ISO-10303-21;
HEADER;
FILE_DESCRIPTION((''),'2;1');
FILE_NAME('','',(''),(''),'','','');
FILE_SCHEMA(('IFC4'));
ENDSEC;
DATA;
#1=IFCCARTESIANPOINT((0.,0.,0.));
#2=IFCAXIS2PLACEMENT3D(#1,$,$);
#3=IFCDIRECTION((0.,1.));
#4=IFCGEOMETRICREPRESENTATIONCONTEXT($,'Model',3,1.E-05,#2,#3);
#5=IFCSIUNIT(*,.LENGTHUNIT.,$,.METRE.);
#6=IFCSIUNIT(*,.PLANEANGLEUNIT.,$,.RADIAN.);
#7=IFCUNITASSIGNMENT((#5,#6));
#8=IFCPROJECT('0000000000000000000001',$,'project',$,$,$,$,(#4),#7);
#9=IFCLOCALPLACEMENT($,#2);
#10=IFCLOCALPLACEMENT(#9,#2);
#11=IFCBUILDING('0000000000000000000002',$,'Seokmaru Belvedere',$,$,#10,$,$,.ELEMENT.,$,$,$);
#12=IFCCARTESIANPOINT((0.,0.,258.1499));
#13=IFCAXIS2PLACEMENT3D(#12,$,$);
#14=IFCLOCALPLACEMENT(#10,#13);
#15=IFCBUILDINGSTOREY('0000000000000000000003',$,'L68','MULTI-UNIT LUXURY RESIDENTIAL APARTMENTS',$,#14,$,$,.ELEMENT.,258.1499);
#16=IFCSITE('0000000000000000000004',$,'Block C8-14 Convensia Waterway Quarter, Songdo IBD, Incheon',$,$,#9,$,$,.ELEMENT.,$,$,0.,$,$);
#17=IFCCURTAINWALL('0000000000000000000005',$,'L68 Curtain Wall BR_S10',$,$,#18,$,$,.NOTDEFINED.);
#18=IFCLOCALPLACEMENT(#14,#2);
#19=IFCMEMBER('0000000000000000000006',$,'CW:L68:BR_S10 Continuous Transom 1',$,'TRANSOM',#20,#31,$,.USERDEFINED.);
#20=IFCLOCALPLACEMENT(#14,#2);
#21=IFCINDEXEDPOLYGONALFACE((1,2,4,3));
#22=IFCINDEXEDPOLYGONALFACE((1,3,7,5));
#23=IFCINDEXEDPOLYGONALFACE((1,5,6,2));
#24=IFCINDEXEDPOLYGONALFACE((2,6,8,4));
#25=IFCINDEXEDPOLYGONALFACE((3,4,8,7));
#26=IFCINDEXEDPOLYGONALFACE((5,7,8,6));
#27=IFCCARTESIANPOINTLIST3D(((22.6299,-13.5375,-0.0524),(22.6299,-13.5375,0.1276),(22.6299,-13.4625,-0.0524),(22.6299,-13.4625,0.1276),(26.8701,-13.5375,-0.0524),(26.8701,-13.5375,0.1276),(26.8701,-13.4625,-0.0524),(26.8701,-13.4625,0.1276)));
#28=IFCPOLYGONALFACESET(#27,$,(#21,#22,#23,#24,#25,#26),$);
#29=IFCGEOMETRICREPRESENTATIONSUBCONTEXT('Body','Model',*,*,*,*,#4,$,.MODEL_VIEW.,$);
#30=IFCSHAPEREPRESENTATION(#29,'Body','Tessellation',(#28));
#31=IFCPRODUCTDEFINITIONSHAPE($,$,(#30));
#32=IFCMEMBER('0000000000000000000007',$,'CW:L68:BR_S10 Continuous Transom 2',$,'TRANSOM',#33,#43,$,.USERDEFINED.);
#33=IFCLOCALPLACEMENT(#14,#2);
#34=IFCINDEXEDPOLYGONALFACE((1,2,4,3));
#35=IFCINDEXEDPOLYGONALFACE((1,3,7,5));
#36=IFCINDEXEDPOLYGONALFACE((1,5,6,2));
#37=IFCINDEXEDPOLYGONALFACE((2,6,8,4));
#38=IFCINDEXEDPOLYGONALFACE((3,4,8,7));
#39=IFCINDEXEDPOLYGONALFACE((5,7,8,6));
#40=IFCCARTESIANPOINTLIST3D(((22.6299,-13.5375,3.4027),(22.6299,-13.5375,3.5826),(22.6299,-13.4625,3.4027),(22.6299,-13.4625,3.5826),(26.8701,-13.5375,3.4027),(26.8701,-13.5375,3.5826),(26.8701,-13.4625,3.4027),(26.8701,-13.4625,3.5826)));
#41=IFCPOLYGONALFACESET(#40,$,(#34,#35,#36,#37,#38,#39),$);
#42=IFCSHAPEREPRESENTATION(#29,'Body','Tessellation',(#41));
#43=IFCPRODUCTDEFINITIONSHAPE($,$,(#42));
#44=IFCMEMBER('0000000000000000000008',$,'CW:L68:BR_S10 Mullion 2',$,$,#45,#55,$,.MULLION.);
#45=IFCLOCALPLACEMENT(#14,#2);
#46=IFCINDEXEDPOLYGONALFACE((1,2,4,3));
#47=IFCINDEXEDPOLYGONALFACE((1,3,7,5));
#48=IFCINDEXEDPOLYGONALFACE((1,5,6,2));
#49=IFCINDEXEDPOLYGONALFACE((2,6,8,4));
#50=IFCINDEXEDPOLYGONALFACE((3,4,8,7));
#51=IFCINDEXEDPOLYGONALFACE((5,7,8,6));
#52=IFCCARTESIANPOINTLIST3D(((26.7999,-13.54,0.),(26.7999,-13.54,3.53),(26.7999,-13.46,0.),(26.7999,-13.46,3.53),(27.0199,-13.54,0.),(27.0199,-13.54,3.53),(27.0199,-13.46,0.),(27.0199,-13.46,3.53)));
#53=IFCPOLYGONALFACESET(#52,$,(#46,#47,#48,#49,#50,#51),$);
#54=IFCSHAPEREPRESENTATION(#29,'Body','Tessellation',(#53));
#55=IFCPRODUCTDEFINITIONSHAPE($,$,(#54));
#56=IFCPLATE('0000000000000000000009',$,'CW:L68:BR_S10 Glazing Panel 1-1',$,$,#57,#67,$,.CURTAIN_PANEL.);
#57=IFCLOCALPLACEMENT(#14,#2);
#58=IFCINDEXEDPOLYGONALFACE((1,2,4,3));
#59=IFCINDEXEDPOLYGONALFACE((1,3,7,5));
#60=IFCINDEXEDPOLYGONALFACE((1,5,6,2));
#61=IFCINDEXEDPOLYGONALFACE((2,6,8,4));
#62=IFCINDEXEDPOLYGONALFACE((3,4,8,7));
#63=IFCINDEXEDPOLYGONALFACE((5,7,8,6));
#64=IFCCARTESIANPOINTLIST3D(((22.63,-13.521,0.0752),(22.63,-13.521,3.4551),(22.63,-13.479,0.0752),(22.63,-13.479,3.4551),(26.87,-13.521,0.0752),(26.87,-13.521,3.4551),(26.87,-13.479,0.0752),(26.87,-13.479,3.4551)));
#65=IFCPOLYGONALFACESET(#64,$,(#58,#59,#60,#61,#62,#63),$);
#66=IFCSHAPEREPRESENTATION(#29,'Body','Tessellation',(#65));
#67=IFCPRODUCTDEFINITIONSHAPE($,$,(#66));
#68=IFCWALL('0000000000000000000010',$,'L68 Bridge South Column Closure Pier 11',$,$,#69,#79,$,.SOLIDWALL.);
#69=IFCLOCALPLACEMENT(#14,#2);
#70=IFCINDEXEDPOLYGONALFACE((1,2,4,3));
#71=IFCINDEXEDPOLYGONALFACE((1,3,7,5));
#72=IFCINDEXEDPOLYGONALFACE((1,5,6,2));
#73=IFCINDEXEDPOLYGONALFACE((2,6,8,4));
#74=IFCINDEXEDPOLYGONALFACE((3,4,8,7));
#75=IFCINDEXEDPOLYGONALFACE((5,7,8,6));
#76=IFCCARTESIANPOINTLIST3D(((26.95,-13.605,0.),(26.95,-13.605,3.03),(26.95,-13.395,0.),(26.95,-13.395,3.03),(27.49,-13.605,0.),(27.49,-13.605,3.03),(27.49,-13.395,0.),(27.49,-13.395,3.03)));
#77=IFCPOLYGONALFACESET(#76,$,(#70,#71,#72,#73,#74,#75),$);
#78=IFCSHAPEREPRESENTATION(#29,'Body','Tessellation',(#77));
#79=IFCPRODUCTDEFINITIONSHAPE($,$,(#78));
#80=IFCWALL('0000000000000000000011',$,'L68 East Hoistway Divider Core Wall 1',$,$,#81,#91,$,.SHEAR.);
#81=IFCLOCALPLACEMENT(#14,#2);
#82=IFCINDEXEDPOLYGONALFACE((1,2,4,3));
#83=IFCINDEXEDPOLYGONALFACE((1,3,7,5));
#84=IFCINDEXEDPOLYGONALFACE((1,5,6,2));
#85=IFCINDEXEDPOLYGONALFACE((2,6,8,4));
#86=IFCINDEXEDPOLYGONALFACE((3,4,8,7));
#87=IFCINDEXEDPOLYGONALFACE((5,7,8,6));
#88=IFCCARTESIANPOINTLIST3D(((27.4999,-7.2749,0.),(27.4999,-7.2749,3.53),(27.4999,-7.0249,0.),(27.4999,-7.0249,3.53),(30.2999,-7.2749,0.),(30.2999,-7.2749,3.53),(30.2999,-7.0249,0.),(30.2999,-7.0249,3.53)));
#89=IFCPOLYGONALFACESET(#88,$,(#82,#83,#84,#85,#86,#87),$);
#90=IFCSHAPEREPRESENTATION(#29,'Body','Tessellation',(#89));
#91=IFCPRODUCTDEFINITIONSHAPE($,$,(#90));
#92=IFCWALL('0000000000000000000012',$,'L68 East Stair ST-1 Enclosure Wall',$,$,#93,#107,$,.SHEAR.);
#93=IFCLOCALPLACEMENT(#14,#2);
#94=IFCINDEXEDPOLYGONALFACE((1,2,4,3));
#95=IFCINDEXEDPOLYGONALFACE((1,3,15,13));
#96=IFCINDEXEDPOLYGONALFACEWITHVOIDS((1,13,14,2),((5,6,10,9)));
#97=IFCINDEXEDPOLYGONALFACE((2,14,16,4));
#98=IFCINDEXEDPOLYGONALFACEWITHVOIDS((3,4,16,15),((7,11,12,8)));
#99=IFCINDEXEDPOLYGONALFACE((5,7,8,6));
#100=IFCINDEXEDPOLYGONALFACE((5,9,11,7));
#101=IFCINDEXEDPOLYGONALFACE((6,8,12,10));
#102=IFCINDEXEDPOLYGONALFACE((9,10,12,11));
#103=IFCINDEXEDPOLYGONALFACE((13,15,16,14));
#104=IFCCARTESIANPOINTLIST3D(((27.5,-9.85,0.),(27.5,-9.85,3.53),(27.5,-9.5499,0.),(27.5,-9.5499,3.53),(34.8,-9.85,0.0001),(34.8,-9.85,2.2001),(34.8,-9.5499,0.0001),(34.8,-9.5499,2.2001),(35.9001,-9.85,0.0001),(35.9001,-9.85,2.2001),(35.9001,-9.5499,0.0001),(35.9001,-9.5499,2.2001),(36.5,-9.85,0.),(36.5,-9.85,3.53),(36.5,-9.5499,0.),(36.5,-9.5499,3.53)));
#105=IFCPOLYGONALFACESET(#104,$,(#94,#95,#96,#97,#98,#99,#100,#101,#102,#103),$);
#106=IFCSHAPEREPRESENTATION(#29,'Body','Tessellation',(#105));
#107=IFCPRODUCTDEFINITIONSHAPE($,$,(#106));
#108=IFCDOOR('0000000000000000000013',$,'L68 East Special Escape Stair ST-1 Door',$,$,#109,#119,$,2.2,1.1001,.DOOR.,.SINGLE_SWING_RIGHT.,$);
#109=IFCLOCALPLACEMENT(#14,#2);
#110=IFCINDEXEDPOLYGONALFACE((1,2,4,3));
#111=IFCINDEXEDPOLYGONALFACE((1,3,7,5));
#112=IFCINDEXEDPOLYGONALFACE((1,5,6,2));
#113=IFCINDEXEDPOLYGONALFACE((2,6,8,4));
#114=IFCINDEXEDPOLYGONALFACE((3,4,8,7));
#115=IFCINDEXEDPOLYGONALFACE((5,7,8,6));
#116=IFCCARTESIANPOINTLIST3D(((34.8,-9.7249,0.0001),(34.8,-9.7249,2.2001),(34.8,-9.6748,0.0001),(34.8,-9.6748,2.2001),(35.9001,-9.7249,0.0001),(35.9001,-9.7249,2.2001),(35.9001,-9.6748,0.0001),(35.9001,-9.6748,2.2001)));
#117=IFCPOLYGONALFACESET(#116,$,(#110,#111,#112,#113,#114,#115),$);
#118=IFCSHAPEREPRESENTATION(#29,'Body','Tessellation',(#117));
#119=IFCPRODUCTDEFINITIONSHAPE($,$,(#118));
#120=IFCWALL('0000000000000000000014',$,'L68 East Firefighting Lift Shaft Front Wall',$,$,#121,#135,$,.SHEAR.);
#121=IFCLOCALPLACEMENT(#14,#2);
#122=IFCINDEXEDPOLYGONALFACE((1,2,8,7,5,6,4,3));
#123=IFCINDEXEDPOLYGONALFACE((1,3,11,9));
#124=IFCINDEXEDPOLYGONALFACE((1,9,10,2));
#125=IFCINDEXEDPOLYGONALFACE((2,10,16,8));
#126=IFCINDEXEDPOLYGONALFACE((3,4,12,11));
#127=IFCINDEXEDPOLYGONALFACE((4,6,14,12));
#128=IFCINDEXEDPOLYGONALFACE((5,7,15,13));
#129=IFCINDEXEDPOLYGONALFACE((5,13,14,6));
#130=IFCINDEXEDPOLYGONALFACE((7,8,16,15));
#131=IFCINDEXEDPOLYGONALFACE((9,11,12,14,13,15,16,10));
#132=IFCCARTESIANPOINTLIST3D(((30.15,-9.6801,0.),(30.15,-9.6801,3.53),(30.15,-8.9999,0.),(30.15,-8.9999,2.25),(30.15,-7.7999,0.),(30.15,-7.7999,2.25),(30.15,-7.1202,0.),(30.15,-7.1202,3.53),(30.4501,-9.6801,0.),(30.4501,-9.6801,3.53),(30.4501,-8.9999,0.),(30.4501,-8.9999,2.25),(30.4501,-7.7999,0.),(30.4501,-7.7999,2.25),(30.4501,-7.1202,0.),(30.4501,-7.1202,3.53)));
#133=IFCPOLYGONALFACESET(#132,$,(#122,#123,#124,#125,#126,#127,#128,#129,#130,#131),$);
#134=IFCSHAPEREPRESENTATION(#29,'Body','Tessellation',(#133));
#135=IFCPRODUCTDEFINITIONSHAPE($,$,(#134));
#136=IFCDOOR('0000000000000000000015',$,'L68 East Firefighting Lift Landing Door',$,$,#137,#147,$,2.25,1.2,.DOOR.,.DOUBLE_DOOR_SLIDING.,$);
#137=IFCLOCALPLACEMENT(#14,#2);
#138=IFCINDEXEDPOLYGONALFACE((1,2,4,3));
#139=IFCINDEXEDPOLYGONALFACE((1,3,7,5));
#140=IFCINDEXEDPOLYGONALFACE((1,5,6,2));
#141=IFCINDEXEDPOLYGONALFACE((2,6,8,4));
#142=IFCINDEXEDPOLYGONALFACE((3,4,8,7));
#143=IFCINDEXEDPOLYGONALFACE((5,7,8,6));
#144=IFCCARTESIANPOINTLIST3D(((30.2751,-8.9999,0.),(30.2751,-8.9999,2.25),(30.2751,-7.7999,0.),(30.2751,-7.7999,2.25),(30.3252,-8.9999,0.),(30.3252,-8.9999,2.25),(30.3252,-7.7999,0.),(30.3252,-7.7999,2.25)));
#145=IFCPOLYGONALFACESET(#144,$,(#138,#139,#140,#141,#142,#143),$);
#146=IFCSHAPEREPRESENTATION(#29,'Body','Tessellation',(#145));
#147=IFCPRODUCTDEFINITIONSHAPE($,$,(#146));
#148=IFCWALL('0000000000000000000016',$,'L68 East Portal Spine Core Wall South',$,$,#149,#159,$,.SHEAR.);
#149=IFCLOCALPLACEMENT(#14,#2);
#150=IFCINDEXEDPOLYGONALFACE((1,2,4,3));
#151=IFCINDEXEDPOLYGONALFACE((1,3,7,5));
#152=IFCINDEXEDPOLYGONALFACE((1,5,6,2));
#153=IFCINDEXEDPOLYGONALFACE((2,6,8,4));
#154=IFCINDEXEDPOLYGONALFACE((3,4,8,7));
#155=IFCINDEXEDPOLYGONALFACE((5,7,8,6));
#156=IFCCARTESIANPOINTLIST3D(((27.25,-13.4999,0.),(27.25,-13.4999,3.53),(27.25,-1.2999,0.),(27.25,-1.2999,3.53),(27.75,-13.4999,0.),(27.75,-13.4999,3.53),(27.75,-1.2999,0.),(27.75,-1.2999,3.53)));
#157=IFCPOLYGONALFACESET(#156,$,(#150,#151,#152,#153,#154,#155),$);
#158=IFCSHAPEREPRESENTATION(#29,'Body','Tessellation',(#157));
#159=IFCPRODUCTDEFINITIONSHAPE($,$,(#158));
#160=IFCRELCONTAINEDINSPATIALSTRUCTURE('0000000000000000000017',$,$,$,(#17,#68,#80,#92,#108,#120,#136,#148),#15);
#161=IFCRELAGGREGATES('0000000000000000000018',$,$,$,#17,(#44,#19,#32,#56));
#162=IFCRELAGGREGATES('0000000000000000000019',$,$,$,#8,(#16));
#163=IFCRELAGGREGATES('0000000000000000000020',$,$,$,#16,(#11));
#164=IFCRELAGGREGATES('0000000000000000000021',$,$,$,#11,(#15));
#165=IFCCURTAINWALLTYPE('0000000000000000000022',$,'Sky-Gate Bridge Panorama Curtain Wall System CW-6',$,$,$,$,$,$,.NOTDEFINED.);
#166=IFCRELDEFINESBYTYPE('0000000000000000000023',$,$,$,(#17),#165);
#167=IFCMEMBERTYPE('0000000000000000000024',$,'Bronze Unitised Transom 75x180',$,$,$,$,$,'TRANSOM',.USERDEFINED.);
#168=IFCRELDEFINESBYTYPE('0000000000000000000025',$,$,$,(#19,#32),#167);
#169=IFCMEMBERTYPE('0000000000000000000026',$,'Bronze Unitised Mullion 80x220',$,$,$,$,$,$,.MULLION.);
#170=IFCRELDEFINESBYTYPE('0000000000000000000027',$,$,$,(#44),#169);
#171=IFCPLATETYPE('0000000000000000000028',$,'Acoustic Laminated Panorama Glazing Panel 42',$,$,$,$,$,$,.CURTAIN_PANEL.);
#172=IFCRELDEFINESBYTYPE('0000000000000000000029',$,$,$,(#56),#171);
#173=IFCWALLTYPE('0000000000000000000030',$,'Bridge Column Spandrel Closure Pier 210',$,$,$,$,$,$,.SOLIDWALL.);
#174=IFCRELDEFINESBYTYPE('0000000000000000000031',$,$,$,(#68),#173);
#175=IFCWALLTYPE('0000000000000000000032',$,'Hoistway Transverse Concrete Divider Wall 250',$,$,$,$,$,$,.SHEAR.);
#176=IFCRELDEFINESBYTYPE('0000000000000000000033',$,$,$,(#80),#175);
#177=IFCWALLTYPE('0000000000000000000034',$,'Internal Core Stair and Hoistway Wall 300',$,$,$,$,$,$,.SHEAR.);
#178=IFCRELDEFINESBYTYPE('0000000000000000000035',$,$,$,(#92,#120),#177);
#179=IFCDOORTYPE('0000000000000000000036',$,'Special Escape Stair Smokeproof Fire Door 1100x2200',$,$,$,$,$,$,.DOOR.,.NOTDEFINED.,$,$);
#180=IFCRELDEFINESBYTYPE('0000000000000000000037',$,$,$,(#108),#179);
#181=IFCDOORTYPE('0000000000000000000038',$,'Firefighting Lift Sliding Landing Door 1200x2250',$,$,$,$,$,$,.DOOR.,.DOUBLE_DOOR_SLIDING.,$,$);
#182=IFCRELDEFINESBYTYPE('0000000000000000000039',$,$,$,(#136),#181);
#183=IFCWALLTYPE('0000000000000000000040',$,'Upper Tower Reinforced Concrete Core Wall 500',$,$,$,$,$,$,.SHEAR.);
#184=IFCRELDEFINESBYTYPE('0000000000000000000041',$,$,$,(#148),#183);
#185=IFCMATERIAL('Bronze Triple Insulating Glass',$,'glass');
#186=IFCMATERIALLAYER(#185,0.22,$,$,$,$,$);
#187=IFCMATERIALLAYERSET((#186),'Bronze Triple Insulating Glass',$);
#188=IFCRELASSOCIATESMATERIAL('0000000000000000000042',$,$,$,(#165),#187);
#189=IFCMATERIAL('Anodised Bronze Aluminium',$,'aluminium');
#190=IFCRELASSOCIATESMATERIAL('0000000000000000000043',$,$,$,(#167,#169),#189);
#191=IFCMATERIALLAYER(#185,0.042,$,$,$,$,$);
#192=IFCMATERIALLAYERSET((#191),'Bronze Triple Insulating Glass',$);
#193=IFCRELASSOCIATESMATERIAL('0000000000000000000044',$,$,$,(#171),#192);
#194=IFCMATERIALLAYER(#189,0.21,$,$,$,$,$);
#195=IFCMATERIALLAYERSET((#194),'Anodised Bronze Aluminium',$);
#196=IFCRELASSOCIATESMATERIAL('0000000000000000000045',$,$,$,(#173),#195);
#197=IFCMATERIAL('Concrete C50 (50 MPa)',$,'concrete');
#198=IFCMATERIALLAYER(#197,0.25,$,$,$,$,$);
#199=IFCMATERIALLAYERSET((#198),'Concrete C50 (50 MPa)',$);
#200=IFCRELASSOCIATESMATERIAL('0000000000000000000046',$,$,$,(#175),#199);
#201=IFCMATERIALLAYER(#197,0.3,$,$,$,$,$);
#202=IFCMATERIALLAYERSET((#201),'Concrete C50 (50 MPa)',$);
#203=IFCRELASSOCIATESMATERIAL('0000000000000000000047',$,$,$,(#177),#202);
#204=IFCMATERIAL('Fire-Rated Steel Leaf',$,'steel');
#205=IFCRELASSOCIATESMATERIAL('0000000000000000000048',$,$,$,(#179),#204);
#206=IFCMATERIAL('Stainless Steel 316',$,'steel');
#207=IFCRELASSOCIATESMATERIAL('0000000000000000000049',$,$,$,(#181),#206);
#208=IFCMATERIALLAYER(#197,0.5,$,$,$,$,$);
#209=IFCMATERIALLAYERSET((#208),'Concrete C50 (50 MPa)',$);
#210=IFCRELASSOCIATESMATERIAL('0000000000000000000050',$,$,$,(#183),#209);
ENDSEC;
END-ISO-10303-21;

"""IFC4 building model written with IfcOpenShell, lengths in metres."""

from ifc_helpers import new_model, si_unit, direction, frame, frame_2d, origin, origin_2d, place, context, subcontext, project, spatial, rectangle, extrude, source, transform, mapped, material, layer, layer_set, material_profile, profile_set, type_object, type_shapes, element, fill, aggregate, save


model = new_model("IFC4")

# Units and contexts
model_context = context("Model", 3, precision=1e-05, world=origin(), true_north=direction((0.0, 1.0)))
body_context = subcontext(model_context, "Body", "Model", "MODEL_VIEW")
ifc_project = project(units=[si_unit("LENGTHUNIT", "METRE"), si_unit("PLANEANGLEUNIT", "RADIAN")], contexts=[model_context])

# Site, building, storey
site_placement = place(None, origin())
site = spatial("IfcSite", under=ifc_project, at=site_placement, Name="Block C8-14 Convensia Waterway Quarter, Songdo IBD, Incheon", CompositionType="ELEMENT", RefElevation=0.0)
building_placement = place(site_placement, origin())
building = spatial("IfcBuilding", under=site, at=building_placement, Name="Seokmaru Belvedere", CompositionType="ELEMENT")
storey_placement = place(building_placement, frame((0.0, 0.0, 258.1499)))
storey = spatial("IfcBuildingStorey", under=building, at=storey_placement, Name="L68", Description="MULTI-UNIT LUXURY RESIDENTIAL APARTMENTS", CompositionType="ELEMENT", Elevation=258.1499)

# Curtain wall, members, plate
ifc_material_1 = material(Name="Bronze Triple Insulating Glass", Category="glass")
ifc_layer_1 = layer(ifc_material_1, 0.22)
ifc_layer_set_1 = layer_set([ifc_layer_1], Name="Bronze Triple Insulating Glass")
curtain_wall_type = type_object("IfcCurtainWallType", Name="Sky-Gate Bridge Panorama Curtain Wall System CW-6", PredefinedType="NOTDEFINED", material=ifc_layer_set_1)
curtain_wall_placement = place(storey_placement, origin())
curtain_wall = element("IfcCurtainWall", 1, at=curtain_wall_placement, inside=storey, type_object=curtain_wall_type, Name="L68 Curtain Wall BR_S10", PredefinedType="NOTDEFINED")
ifc_material_2 = material(Name="Anodised Bronze Aluminium", Category="aluminium")
ifc_material_profile_1 = material_profile(ifc_material_2, rectangle(XDim=0.075, YDim=0.1799, at=origin_2d()), Name="CW-T-75x180")
ifc_profile_set_1 = profile_set([ifc_material_profile_1], Name="Anodised Bronze Aluminium")
member_type_1 = type_object("IfcMemberType", Name="Bronze Unitised Transom 75x180", ElementType="TRANSOM", PredefinedType="USERDEFINED", material=ifc_profile_set_1)
shared_shape_1 = source(origin(), body_context, "Body", "SweptSolid", [
    extrude(rectangle(XDim=0.075, YDim=0.1799, at=origin_2d()), origin(), (0.0, 0.0, 1.0), 4.2402),
])
type_shapes(member_type_1, [shared_shape_1])
member_1_placement = place(storey_placement, frame((22.6299, -13.5, 0.0376), z_axis=(1.0, 0.0, 0.0), x_axis=(0.0, 1.0, 0.0)))
member_1 = element("IfcMember", 2, at=member_1_placement, type_object=member_type_1, Name="CW:L68:BR_S10 Continuous Transom 1", ObjectType="TRANSOM", PredefinedType="USERDEFINED", context=body_context, shape_type="MappedRepresentation", body=[
    mapped(shared_shape_1, transform((0.0, 0.0, 0.0), scale=1.0)),
])
member_2_placement = place(storey_placement, frame((22.6299, -13.5, 3.4927), z_axis=(1.0, 0.0, 0.0), x_axis=(0.0, 1.0, 0.0)))
member_2 = element("IfcMember", 3, at=member_2_placement, type_object=member_type_1, Name="CW:L68:BR_S10 Continuous Transom 2", ObjectType="TRANSOM", PredefinedType="USERDEFINED", context=body_context, shape_type="MappedRepresentation", body=[
    mapped(shared_shape_1, transform((0.0, 0.0, 0.0), scale=1.0)),
])
ifc_material_profile_2 = material_profile(ifc_material_2, rectangle(XDim=0.0801, YDim=0.22, at=origin_2d()), Name="CW-M-80x220")
ifc_profile_set_2 = profile_set([ifc_material_profile_2], Name="Anodised Bronze Aluminium")
member_type_2 = type_object("IfcMemberType", Name="Bronze Unitised Mullion 80x220", PredefinedType="MULLION", material=ifc_profile_set_2)
shared_shape_2 = source(origin(), body_context, "Body", "SweptSolid", [
    extrude(rectangle(XDim=0.0801, YDim=0.22, at=origin_2d()), origin(), (0.0, 0.0, 1.0), 3.53),
])
type_shapes(member_type_2, [shared_shape_2])
member_3_placement = place(storey_placement, frame((26.9099, -13.5, 0.0), z_axis=(0.0, 0.0, 1.0), x_axis=(0.0, 1.0, 0.0)))
member_3 = element("IfcMember", 4, at=member_3_placement, type_object=member_type_2, Name="CW:L68:BR_S10 Mullion 2", PredefinedType="MULLION", context=body_context, shape_type="MappedRepresentation", body=[
    mapped(shared_shape_2, transform((0.0, 0.0, 0.0), scale=1.0)),
])
ifc_layer_2 = layer(ifc_material_1, 0.042)
ifc_layer_set_2 = layer_set([ifc_layer_2], Name="Bronze Triple Insulating Glass")
plate_type = type_object("IfcPlateType", Name="Acoustic Laminated Panorama Glazing Panel 42", PredefinedType="CURTAIN_PANEL", material=ifc_layer_set_2)
shared_shape_3 = source(origin(), body_context, "Body", "SweptSolid", [
    extrude(rectangle(XDim=4.24, YDim=0.042, at=origin_2d()), origin(), (0.0, 0.0, 1.0), 3.3799),
])
type_shapes(plate_type, [shared_shape_3])
plate_placement = place(storey_placement, frame((24.75, -13.5, 0.0752), z_axis=(0.0, 0.0, 1.0), x_axis=(1.0, 0.0, 0.0)))
plate = element("IfcPlate", 5, at=plate_placement, type_object=plate_type, Name="CW:L68:BR_S10 Glazing Panel 1-1", PredefinedType="CURTAIN_PANEL", context=body_context, shape_type="MappedRepresentation", body=[
    mapped(shared_shape_3, transform((0.0, 0.0, 0.0), scale=1.0)),
])
aggregate(curtain_wall, [member_3, member_1, member_2, plate])

# Wall
ifc_layer_3 = layer(ifc_material_2, 0.21)
ifc_layer_set_3 = layer_set([ifc_layer_3], Name="Anodised Bronze Aluminium")
wall_type_1 = type_object("IfcWallType", Name="Bridge Column Spandrel Closure Pier 210", PredefinedType="SOLIDWALL", material=ifc_layer_set_3)
wall_1_placement = place(storey_placement, frame((26.95, -13.5, 0.0), z_axis=(0.0, 0.0, 1.0), x_axis=(1.0, 0.0, 0.0)))
element("IfcWall", 6, at=wall_1_placement, inside=storey, type_object=wall_type_1, Name="L68 Bridge South Column Closure Pier 11", PredefinedType="SOLIDWALL", context=body_context, shape_type="SweptSolid", body=[
    extrude(rectangle(XDim=0.54, YDim=0.21, at=frame_2d((0.27, 0.0))), origin(), (0.0, 0.0, 1.0), 3.03),
])

# Shared definitions
ifc_material_3 = material(Name="Fire-Rated Steel Leaf", Category="steel")

# Wall
ifc_material_4 = material(Name="Concrete C50 (50 MPa)", Category="concrete")
ifc_layer_4 = layer(ifc_material_4, 0.25)
ifc_layer_set_4 = layer_set([ifc_layer_4], Name="Concrete C50 (50 MPa)")
wall_type_2 = type_object("IfcWallType", Name="Hoistway Transverse Concrete Divider Wall 250", PredefinedType="SHEAR", material=ifc_layer_set_4)
wall_2_placement = place(storey_placement, frame((27.5, -7.1499, 0.0), z_axis=(0.0, 0.0, 1.0), x_axis=(1.0, 0.0, 0.0)))
element("IfcWall", 7, at=wall_2_placement, inside=storey, type_object=wall_type_2, Name="L68 East Hoistway Divider Core Wall 1", PredefinedType="SHEAR", context=body_context, shape_type="SweptSolid", body=[
    extrude(rectangle(XDim=2.8, YDim=0.25, at=frame_2d((1.3999, 0.0))), origin(), (0.0, 0.0, 1.0), 3.53),
])

# Walls, openings, doors
ifc_layer_5 = layer(ifc_material_4, 0.3)
ifc_layer_set_5 = layer_set([ifc_layer_5], Name="Concrete C50 (50 MPa)")
wall_type_3 = type_object("IfcWallType", Name="Internal Core Stair and Hoistway Wall 300", PredefinedType="SHEAR", material=ifc_layer_set_5)
wall_3_placement = place(storey_placement, frame((27.5, -9.7, 0.0), z_axis=(0.0, 0.0, 1.0), x_axis=(1.0, 0.0, 0.0)))
wall_3 = element("IfcWall", 8, at=wall_3_placement, inside=storey, type_object=wall_type_3, Name="L68 East Stair ST-1 Enclosure Wall", PredefinedType="SHEAR", context=body_context, shape_type="SweptSolid", body=[
    extrude(rectangle(XDim=9.0, YDim=0.3, at=frame_2d((4.5, 0.0))), origin(), (0.0, 0.0, 1.0), 3.53),
])
opening_1_placement = place(wall_3_placement, frame((7.3, 0.0, 0.0)))
opening_1 = element("IfcOpeningElement", 9, at=opening_1_placement, cuts=wall_3, PredefinedType="OPENING", context=body_context, shape_type="SweptSolid", body=[
    extrude(rectangle(XDim=1.1001, YDim=2.2, at=frame_2d((0.55, 1.1001))), frame((0.0, 0.1602, 0.0), z_axis=(0.0, -1.0, 0.0), x_axis=(1.0, 0.0, 0.0)), (0.0, 0.0, 1.0), 0.3201),
])
door_type_1 = type_object("IfcDoorType", Name="Special Escape Stair Smokeproof Fire Door 1100x2200", OperationType="NOTDEFINED", PredefinedType="DOOR", material=ifc_material_3)
shared_shape_4 = source(origin(), body_context, "Body", "SweptSolid", [
    extrude(rectangle(XDim=1.1001, YDim=2.2, at=frame_2d((0.55, 1.1001))), frame((0.0, 0.0249, 0.0), z_axis=(0.0, -1.0, 0.0), x_axis=(1.0, 0.0, 0.0)), (0.0, 0.0, 1.0), 0.05),
])
type_shapes(door_type_1, [shared_shape_4])
door_1_placement = place(opening_1_placement, frame((1.1001, 0.0, 0.0), z_axis=(0.0, 0.0, 1.0), x_axis=(-1.0, 0.0, 0.0)))
door_1 = element("IfcDoor", 10, at=door_1_placement, inside=storey, type_object=door_type_1, Name="L68 East Special Escape Stair ST-1 Door", OperationType="SINGLE_SWING_RIGHT", OverallHeight=2.2, OverallWidth=1.1001, PredefinedType="DOOR", context=body_context, shape_type="MappedRepresentation", body=[
    mapped(shared_shape_4, transform((0.0, 0.0, 0.0), scale=1.0)),
])
fill(opening_1, door_1)
wall_4_placement = place(storey_placement, frame((30.3, -9.6799, 0.0), z_axis=(0.0, 0.0, 1.0), x_axis=(0.0, 1.0, 0.0)))
wall_4 = element("IfcWall", 11, at=wall_4_placement, inside=storey, type_object=wall_type_3, Name="L68 East Firefighting Lift Shaft Front Wall", PredefinedType="SHEAR", context=body_context, shape_type="SweptSolid", body=[
    extrude(rectangle(XDim=2.5598, YDim=0.3, at=frame_2d((1.2798, 0.0))), origin(), (0.0, 0.0, 1.0), 3.53),
])
opening_2_placement = place(wall_4_placement, frame((0.6799, 0.0, 0.0)))
opening_2 = element("IfcOpeningElement", 12, at=opening_2_placement, cuts=wall_4, PredefinedType="OPENING", context=body_context, shape_type="SweptSolid", body=[
    extrude(rectangle(XDim=1.2, YDim=2.25, at=frame_2d((0.6001, 1.125))), frame((0.0, 0.1602, 0.0), z_axis=(0.0, -1.0, 0.0), x_axis=(1.0, 0.0, 0.0)), (0.0, 0.0, 1.0), 0.3201),
])
ifc_material_5 = material(Name="Stainless Steel 316", Category="steel")
door_type_2 = type_object("IfcDoorType", Name="Firefighting Lift Sliding Landing Door 1200x2250", OperationType="DOUBLE_DOOR_SLIDING", PredefinedType="DOOR", material=ifc_material_5)
shared_shape_5 = source(origin(), body_context, "Body", "SweptSolid", [
    extrude(rectangle(XDim=1.2, YDim=2.25, at=frame_2d((0.6001, 1.125))), frame((0.0, 0.0249, 0.0), z_axis=(0.0, -1.0, 0.0), x_axis=(1.0, 0.0, 0.0)), (0.0, 0.0, 1.0), 0.05),
])
type_shapes(door_type_2, [shared_shape_5])
door_2_placement = place(opening_2_placement, origin())
door_2 = element("IfcDoor", 13, at=door_2_placement, inside=storey, type_object=door_type_2, Name="L68 East Firefighting Lift Landing Door", OperationType="DOUBLE_DOOR_SLIDING", OverallHeight=2.25, OverallWidth=1.2, PredefinedType="DOOR", context=body_context, shape_type="MappedRepresentation", body=[
    mapped(shared_shape_5, transform((0.0, 0.0, 0.0), scale=1.0)),
])
fill(opening_2, door_2)

# Wall
ifc_layer_6 = layer(ifc_material_4, 0.5)
ifc_layer_set_6 = layer_set([ifc_layer_6], Name="Concrete C50 (50 MPa)")
wall_type_4 = type_object("IfcWallType", Name="Upper Tower Reinforced Concrete Core Wall 500", PredefinedType="SHEAR", material=ifc_layer_set_6)
wall_5_placement = place(storey_placement, frame((27.5, -13.5, 0.0), z_axis=(0.0, 0.0, 1.0), x_axis=(0.0, 1.0, 0.0)))
element("IfcWall", 14, at=wall_5_placement, inside=storey, type_object=wall_type_4, Name="L68 East Portal Spine Core Wall South", PredefinedType="SHEAR", context=body_context, shape_type="SweptSolid", body=[
    extrude(rectangle(XDim=12.2, YDim=0.5, at=frame_2d((6.1001, 0.0))), origin(), (0.0, 0.0, 1.0), 3.53),
])

save(model, "model.ifc")
